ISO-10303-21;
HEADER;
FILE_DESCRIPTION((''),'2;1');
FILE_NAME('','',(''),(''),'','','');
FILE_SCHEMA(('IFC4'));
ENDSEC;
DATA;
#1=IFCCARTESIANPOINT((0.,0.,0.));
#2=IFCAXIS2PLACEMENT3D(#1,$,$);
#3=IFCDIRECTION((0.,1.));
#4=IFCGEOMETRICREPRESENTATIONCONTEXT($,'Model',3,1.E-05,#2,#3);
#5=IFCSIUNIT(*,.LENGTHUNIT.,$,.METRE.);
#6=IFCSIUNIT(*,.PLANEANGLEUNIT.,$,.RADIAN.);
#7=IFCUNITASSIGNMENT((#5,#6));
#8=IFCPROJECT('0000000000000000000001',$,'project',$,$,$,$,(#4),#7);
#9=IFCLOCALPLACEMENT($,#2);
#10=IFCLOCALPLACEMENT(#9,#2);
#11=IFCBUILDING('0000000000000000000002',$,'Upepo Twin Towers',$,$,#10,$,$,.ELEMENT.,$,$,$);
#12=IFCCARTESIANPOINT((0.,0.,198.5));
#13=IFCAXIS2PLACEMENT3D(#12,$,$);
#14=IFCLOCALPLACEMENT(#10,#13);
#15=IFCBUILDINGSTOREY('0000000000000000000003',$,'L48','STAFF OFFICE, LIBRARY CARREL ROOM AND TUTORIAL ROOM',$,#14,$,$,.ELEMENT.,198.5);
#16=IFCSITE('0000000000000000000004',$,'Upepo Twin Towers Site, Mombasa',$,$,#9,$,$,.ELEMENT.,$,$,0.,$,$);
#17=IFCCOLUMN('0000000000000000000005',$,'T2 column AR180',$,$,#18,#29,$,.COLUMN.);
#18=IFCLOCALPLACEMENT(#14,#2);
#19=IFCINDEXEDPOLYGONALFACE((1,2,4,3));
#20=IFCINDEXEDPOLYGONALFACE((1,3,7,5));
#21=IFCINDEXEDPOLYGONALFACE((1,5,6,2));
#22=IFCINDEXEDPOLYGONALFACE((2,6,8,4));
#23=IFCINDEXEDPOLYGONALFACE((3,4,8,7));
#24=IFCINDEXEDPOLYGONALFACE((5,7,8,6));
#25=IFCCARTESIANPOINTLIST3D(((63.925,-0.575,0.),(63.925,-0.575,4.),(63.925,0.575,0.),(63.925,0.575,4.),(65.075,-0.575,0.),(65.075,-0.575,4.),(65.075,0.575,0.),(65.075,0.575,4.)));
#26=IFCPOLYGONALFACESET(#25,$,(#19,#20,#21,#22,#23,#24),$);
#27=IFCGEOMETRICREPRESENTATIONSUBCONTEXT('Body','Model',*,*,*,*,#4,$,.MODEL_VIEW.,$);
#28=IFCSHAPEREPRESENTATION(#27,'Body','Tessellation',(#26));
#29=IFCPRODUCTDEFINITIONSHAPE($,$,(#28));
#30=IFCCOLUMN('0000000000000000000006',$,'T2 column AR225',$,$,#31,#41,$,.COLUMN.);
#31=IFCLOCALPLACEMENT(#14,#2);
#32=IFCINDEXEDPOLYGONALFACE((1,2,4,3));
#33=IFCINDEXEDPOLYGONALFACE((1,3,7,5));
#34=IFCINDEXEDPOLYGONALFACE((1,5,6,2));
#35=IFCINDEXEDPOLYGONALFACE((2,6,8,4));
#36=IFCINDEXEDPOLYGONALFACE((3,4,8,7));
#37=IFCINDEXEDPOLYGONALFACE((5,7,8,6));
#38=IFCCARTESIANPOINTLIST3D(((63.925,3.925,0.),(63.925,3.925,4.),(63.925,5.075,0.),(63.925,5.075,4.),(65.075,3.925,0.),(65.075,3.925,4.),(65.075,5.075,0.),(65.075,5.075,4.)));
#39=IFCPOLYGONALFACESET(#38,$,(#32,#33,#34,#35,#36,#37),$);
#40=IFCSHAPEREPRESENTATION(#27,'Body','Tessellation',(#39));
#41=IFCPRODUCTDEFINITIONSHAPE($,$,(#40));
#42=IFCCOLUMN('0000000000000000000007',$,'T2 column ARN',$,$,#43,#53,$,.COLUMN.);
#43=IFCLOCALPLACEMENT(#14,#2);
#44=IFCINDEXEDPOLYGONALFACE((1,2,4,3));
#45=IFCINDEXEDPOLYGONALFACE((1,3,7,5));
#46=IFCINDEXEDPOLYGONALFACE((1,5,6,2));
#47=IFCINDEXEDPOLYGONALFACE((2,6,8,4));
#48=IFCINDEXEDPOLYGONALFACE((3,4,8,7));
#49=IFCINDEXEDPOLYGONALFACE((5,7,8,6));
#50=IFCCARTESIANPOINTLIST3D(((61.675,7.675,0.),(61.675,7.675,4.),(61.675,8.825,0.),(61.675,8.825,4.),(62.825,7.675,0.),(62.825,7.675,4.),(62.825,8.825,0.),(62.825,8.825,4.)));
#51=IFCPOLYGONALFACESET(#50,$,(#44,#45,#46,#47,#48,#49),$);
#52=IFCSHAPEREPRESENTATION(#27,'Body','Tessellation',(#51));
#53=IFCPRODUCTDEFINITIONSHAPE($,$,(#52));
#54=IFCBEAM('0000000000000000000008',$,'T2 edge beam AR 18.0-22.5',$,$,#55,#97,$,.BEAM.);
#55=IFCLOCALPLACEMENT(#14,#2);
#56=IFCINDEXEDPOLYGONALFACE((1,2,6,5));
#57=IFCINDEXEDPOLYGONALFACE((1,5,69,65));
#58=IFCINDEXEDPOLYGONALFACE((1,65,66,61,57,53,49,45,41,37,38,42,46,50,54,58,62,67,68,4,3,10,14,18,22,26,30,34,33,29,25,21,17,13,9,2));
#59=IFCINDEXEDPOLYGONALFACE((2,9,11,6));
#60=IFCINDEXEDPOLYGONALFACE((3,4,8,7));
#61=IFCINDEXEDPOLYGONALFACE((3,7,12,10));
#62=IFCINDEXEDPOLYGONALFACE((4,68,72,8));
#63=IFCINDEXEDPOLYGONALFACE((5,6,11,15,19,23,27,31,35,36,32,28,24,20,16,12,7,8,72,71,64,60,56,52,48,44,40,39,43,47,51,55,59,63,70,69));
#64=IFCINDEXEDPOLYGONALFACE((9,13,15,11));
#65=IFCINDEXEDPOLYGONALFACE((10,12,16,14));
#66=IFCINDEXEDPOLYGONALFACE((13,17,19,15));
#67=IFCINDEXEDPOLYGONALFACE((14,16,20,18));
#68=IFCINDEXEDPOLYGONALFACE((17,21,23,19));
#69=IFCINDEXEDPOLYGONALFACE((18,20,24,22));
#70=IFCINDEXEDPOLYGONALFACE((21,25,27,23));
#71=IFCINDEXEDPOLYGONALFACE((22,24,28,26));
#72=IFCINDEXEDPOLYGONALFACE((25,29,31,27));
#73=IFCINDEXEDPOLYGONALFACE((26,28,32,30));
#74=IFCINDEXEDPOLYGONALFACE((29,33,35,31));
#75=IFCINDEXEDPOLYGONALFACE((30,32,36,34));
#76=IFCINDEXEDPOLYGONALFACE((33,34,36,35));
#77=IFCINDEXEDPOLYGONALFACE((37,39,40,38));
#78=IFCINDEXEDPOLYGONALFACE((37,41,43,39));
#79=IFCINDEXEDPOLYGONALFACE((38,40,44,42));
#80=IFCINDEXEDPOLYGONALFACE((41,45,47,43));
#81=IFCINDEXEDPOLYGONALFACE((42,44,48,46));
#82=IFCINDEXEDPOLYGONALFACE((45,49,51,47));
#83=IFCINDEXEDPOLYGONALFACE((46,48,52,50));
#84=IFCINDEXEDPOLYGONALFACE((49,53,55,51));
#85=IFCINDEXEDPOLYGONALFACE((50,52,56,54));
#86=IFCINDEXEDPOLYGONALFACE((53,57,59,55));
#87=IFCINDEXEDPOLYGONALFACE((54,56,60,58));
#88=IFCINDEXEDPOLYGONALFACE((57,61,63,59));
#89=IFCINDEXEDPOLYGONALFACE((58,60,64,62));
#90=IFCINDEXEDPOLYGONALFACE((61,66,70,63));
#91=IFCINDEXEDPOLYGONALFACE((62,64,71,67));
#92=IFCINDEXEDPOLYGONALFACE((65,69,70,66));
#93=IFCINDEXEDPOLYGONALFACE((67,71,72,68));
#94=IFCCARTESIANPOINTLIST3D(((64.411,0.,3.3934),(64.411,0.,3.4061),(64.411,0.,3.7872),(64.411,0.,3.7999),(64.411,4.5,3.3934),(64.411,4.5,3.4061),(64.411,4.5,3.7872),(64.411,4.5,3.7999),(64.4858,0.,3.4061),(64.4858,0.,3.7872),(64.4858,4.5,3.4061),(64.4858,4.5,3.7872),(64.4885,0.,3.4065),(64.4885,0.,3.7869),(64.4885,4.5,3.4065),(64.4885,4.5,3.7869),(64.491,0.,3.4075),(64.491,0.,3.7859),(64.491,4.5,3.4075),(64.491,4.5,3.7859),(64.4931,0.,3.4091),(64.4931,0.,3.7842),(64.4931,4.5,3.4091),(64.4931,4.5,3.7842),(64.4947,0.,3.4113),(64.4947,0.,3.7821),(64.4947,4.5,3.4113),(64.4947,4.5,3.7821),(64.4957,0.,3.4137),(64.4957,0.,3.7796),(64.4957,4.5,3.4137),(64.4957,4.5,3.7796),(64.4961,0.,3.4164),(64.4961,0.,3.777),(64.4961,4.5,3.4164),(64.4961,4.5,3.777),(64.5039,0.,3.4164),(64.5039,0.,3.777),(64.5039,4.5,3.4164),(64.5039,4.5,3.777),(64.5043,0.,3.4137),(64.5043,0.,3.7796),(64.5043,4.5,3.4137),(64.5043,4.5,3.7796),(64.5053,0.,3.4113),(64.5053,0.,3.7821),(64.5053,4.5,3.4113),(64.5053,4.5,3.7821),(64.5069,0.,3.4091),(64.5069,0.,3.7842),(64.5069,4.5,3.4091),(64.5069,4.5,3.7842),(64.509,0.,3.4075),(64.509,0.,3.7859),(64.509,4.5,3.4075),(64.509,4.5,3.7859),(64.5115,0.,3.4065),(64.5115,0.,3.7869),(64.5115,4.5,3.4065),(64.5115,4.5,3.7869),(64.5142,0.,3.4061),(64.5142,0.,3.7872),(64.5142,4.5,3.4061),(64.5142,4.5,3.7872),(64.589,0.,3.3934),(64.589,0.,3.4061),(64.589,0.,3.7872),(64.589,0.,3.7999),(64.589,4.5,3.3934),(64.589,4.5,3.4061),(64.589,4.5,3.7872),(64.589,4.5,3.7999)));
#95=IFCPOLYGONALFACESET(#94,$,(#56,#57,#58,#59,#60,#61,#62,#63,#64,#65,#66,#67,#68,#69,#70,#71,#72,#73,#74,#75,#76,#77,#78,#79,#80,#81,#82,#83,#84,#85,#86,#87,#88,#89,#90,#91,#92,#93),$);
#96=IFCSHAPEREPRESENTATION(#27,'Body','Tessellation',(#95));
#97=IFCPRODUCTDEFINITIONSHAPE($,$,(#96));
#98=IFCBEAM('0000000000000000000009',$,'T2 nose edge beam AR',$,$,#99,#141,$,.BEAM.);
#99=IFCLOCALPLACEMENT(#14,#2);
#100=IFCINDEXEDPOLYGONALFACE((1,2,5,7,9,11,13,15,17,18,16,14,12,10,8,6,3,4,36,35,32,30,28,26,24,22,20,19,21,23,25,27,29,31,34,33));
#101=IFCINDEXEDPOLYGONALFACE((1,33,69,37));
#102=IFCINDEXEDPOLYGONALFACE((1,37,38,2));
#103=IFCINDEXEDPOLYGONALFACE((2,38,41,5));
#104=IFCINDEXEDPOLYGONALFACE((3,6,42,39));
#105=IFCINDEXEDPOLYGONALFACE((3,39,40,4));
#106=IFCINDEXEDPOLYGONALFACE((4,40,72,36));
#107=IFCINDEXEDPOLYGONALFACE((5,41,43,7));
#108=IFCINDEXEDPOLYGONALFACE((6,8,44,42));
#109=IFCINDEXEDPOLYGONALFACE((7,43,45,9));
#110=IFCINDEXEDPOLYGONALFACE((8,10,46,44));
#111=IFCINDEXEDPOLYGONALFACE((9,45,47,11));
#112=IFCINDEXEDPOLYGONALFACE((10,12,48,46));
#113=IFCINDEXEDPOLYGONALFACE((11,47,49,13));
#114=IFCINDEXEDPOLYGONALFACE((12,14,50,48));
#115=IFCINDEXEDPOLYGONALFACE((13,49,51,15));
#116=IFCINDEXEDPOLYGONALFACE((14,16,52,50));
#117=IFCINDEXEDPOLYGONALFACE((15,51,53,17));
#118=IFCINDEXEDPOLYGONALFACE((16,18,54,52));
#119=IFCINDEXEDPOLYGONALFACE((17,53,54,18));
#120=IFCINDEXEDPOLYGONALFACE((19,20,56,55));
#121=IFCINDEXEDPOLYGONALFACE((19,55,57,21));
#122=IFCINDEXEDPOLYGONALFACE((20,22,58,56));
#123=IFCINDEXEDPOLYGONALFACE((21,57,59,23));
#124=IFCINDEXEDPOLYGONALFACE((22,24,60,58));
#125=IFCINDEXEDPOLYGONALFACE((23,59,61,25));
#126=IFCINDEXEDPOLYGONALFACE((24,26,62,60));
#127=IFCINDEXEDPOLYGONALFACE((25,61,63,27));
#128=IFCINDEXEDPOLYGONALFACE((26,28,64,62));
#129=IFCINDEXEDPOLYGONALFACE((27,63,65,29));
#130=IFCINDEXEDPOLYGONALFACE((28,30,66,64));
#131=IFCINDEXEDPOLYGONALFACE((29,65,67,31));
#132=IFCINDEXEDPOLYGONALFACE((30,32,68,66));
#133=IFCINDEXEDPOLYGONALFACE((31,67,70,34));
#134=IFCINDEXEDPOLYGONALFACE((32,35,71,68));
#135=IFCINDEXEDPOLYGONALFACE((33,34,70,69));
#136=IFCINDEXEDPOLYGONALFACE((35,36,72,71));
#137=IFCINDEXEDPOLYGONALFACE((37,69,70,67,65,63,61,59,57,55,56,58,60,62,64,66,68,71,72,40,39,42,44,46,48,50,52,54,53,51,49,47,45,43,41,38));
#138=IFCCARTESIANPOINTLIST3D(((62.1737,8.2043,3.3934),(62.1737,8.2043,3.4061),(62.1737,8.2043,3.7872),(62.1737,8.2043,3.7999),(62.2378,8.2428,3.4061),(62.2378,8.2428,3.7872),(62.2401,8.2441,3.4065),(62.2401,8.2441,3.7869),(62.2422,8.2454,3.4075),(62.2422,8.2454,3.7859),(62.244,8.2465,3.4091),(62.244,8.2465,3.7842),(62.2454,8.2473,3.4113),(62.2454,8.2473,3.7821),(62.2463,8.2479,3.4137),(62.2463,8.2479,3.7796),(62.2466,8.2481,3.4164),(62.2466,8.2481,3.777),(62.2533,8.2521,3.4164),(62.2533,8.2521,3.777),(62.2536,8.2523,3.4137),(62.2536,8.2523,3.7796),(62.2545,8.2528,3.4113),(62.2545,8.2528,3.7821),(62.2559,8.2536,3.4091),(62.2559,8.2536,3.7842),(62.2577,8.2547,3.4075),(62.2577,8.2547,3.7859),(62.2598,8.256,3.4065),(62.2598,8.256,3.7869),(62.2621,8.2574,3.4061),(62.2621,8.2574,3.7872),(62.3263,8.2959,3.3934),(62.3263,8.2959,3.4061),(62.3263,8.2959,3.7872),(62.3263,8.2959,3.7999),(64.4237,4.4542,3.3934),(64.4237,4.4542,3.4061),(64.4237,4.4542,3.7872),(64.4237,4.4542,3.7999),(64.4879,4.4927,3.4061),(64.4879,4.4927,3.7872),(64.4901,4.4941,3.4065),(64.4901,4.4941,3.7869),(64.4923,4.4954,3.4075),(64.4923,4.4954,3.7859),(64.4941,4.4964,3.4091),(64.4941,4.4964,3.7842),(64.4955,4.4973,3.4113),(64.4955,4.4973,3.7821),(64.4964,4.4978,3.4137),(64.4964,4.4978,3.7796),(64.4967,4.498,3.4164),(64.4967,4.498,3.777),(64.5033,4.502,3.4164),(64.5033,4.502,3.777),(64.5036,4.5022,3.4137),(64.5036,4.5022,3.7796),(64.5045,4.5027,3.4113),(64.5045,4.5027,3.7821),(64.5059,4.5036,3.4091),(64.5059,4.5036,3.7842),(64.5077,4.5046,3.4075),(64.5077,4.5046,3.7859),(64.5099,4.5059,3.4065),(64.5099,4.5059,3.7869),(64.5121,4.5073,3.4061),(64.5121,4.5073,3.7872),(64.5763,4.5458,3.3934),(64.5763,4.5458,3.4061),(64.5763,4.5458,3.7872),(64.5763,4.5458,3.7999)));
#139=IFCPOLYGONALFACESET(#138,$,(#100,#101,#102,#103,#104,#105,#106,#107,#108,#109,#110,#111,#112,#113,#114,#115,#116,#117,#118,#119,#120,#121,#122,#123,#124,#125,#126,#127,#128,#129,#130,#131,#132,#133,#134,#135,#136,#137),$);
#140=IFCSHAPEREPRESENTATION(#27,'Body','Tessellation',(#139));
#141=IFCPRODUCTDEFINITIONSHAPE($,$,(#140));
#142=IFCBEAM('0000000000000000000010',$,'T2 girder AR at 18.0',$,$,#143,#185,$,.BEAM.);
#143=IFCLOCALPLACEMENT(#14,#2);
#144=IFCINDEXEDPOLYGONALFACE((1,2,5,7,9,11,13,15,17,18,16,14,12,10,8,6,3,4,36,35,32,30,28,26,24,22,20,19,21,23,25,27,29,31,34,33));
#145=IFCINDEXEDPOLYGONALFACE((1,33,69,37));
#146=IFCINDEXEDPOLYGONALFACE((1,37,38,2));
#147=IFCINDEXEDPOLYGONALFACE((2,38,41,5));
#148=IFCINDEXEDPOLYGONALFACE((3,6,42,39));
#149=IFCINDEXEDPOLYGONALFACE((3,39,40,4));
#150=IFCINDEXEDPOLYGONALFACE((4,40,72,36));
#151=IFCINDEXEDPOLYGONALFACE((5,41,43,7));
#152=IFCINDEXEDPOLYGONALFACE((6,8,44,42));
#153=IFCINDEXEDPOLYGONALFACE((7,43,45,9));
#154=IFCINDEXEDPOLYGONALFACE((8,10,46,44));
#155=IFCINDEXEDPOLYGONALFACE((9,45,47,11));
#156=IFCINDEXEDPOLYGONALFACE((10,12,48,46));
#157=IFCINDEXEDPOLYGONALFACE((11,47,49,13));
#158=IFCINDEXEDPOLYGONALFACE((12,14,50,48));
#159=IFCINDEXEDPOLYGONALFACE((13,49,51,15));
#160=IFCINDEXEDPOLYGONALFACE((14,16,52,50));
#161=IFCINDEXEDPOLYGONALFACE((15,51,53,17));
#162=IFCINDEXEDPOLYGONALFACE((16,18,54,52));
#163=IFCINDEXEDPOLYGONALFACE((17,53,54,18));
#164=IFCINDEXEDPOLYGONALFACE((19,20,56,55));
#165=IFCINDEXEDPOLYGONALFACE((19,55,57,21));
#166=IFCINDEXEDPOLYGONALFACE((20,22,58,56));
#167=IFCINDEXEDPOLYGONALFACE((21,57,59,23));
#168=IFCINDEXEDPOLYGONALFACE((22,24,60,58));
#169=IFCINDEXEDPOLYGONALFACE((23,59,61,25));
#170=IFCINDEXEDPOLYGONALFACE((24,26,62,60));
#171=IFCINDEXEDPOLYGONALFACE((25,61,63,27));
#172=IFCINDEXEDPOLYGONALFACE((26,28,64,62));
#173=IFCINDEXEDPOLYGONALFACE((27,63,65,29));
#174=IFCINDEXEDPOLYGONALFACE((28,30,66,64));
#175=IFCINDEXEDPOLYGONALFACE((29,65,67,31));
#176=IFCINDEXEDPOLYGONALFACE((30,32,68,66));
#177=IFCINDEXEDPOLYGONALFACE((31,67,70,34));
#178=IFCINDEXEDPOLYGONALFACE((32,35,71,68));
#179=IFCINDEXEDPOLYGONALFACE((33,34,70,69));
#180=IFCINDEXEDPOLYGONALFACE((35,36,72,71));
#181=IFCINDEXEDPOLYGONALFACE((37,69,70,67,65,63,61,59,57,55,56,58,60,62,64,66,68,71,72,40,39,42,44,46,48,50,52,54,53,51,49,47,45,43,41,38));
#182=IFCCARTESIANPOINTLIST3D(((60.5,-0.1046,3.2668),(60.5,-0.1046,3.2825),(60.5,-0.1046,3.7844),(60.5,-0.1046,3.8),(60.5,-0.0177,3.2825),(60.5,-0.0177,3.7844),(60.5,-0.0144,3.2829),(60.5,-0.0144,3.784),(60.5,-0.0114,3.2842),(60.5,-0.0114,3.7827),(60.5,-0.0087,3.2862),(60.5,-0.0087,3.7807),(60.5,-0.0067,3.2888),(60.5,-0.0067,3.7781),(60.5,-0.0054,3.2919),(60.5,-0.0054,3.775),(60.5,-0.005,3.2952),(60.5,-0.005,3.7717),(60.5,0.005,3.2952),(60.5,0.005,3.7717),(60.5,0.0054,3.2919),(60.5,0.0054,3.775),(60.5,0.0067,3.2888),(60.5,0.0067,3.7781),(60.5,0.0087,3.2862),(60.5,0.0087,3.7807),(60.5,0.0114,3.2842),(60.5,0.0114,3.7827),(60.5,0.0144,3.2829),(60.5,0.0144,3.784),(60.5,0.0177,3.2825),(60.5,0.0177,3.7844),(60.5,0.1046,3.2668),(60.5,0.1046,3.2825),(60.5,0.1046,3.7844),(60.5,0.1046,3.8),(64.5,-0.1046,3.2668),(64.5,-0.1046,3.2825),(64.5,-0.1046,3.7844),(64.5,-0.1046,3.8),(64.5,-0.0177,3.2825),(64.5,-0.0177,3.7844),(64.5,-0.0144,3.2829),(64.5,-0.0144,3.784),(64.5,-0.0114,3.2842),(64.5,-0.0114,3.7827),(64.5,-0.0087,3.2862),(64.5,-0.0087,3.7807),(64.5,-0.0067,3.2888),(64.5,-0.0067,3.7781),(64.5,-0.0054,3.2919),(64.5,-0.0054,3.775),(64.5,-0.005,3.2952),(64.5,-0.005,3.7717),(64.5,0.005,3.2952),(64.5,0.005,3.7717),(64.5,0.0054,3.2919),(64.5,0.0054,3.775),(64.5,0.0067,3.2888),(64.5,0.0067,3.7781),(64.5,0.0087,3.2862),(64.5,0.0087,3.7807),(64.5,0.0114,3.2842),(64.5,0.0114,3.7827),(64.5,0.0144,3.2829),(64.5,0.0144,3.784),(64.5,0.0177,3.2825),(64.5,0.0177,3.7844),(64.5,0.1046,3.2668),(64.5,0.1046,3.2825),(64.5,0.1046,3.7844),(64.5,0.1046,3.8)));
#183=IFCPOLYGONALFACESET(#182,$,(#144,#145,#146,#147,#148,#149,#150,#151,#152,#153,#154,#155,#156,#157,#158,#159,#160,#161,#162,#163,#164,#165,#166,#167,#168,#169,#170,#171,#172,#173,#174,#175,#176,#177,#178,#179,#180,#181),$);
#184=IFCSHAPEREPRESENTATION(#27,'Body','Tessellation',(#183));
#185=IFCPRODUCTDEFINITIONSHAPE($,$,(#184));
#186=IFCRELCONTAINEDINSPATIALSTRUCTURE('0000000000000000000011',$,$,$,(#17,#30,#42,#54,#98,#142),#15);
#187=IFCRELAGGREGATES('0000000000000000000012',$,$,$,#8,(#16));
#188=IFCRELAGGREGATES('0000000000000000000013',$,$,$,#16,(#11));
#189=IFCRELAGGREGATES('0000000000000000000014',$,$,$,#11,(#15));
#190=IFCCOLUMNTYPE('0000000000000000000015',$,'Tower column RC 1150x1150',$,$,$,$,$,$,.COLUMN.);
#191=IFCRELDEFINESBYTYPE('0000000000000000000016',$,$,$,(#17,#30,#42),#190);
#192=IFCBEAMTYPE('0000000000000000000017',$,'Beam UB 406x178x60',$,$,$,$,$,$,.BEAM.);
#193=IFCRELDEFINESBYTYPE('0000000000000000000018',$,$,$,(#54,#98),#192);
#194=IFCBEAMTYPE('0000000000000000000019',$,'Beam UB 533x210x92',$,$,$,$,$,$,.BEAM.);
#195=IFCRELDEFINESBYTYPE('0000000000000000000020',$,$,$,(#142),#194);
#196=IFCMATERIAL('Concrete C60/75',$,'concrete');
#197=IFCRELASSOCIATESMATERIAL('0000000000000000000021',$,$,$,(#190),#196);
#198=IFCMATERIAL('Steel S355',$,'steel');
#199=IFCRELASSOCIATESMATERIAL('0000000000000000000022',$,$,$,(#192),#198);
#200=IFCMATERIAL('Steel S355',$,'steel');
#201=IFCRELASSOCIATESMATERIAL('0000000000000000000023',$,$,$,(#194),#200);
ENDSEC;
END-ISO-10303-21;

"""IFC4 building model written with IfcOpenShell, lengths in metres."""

from ifc_helpers import new_model, si_unit, direction, frame, origin, origin_2d, place, context, subcontext, project, spatial, rectangle, i_section, extrude, material, material_profile, profile_set, type_object, element, save


model = new_model("IFC4")

# Units and contexts
model_context = context("Model", 3, precision=1e-05, world=origin(), true_north=direction((0.0, 1.0)))
body_context = subcontext(model_context, "Body", "Model", "MODEL_VIEW")
ifc_project = project(units=[si_unit("LENGTHUNIT", "METRE"), si_unit("PLANEANGLEUNIT", "RADIAN")], contexts=[model_context])

# Site, building, storey
site_placement = place(None, origin())
site = spatial("IfcSite", under=ifc_project, at=site_placement, Name="Upepo Twin Towers Site, Mombasa", CompositionType="ELEMENT", RefElevation=0.0)
building_placement = place(site_placement, origin())
building = spatial("IfcBuilding", under=site, at=building_placement, Name="Upepo Twin Towers", CompositionType="ELEMENT")
storey_placement = place(building_placement, frame((0.0, 0.0, 198.5)))
storey = spatial("IfcBuildingStorey", under=building, at=storey_placement, Name="L48", Description="STAFF OFFICE, LIBRARY CARREL ROOM AND TUTORIAL ROOM", CompositionType="ELEMENT", Elevation=198.5)

# Columns
ifc_material_1 = material(Name="Concrete C60/75", Category="concrete")
ifc_material_profile_1 = material_profile(ifc_material_1, rectangle(XDim=1.1499, YDim=1.1499, at=origin_2d()), Name="RC 1150x1150")
ifc_profile_set_1 = profile_set([ifc_material_profile_1], Name="Concrete C60/75")
column_type = type_object("IfcColumnType", Name="Tower column RC 1150x1150", PredefinedType="COLUMN", material=ifc_profile_set_1)
for number, where, z_axis, x_axis, name in (
    (1, (64.5, 0.0, 0.0), (0.0, 0.0, 1.0), (1.0, 0.0, 0.0), "T2 column AR180"),
    (2, (64.5, 4.5, 0.0), (0.0, 0.0, 1.0), (1.0, 0.0, 0.0), "T2 column AR225"),
    (3, (62.25, 8.25, 0.0), (0.0, 0.0, 1.0), (1.0, 0.0, 0.0), "T2 column ARN"),
):
    element("IfcColumn", number, at=place(storey_placement, frame(where, z_axis=z_axis, x_axis=x_axis)), inside=storey, type_object=column_type, Name=name, PredefinedType="COLUMN", context=body_context, shape_type="SweptSolid", body=[
        extrude(rectangle(XDim=1.1499, YDim=1.1499, at=origin_2d()), origin(), (0.0, 0.0, 1.0), 4.0),
    ])

# Beams
ifc_material_2 = material(Name="Steel S355", Category="steel")
ifc_material_profile_2 = material_profile(ifc_material_2, i_section(OverallWidth=0.178, OverallDepth=0.4065, WebThickness=0.0078, FlangeThickness=0.0127, FilletRadius=0.0103, at=origin_2d()), Name="UB 406x178x60")
ifc_profile_set_2 = profile_set([ifc_material_profile_2], Name="Steel S355")
beam_type_1 = type_object("IfcBeamType", Name="Beam UB 406x178x60", PredefinedType="BEAM", material=ifc_profile_set_2)
beam_1_placement = place(storey_placement, frame((64.5, 0.0, 3.5967), z_axis=(0.0, 1.0, 0.0), x_axis=(-1.0, 0.0, 0.0)))
element("IfcBeam", 4, at=beam_1_placement, inside=storey, type_object=beam_type_1, Name="T2 edge beam AR 18.0-22.5", PredefinedType="BEAM", context=body_context, shape_type="SweptSolid", body=[
    extrude(i_section(OverallWidth=0.178, OverallDepth=0.4065, WebThickness=0.0078, FlangeThickness=0.0127, FilletRadius=0.0103, at=origin_2d()), origin(), (0.0, 0.0, 1.0), 4.5),
])
beam_2_placement = place(storey_placement, frame((64.5, 4.5, 3.5967), z_axis=(-0.514496, 0.857493, 0.0), x_axis=(-0.857493, -0.514496, 0.0)))
element("IfcBeam", 5, at=beam_2_placement, inside=storey, type_object=beam_type_1, Name="T2 nose edge beam AR", PredefinedType="BEAM", context=body_context, shape_type="SweptSolid", body=[
    extrude(i_section(OverallWidth=0.178, OverallDepth=0.4065, WebThickness=0.0078, FlangeThickness=0.0127, FilletRadius=0.0103, at=origin_2d()), origin(), (0.0, 0.0, 1.0), 4.3733),
])
ifc_material_3 = material(Name="Steel S355", Category="steel")
ifc_material_profile_3 = material_profile(ifc_material_3, i_section(OverallWidth=0.2092, OverallDepth=0.5332, WebThickness=0.01, FlangeThickness=0.0156, FilletRadius=0.0127, at=origin_2d()), Name="UB 533x210x92")
ifc_profile_set_3 = profile_set([ifc_material_profile_3], Name="Steel S355")
beam_type_2 = type_object("IfcBeamType", Name="Beam UB 533x210x92", PredefinedType="BEAM", material=ifc_profile_set_3)
for number, where, z_axis, x_axis, name in (
    (6, (64.5, 0.0, 3.5334), (-1.0, 0.0, 0.0), (0.0, -1.0, 0.0), "T2 girder AR at 18.0"),
):
    element("IfcBeam", number, at=place(storey_placement, frame(where, z_axis=z_axis, x_axis=x_axis)), inside=storey, type_object=beam_type_2, Name=name, PredefinedType="BEAM", context=body_context, shape_type="SweptSolid", body=[
        extrude(i_section(OverallWidth=0.2092, OverallDepth=0.5332, WebThickness=0.01, FlangeThickness=0.0156, FilletRadius=0.0127, at=origin_2d()), origin(), (0.0, 0.0, 1.0), 4.0),
    ])

save(model, "model.ifc")
